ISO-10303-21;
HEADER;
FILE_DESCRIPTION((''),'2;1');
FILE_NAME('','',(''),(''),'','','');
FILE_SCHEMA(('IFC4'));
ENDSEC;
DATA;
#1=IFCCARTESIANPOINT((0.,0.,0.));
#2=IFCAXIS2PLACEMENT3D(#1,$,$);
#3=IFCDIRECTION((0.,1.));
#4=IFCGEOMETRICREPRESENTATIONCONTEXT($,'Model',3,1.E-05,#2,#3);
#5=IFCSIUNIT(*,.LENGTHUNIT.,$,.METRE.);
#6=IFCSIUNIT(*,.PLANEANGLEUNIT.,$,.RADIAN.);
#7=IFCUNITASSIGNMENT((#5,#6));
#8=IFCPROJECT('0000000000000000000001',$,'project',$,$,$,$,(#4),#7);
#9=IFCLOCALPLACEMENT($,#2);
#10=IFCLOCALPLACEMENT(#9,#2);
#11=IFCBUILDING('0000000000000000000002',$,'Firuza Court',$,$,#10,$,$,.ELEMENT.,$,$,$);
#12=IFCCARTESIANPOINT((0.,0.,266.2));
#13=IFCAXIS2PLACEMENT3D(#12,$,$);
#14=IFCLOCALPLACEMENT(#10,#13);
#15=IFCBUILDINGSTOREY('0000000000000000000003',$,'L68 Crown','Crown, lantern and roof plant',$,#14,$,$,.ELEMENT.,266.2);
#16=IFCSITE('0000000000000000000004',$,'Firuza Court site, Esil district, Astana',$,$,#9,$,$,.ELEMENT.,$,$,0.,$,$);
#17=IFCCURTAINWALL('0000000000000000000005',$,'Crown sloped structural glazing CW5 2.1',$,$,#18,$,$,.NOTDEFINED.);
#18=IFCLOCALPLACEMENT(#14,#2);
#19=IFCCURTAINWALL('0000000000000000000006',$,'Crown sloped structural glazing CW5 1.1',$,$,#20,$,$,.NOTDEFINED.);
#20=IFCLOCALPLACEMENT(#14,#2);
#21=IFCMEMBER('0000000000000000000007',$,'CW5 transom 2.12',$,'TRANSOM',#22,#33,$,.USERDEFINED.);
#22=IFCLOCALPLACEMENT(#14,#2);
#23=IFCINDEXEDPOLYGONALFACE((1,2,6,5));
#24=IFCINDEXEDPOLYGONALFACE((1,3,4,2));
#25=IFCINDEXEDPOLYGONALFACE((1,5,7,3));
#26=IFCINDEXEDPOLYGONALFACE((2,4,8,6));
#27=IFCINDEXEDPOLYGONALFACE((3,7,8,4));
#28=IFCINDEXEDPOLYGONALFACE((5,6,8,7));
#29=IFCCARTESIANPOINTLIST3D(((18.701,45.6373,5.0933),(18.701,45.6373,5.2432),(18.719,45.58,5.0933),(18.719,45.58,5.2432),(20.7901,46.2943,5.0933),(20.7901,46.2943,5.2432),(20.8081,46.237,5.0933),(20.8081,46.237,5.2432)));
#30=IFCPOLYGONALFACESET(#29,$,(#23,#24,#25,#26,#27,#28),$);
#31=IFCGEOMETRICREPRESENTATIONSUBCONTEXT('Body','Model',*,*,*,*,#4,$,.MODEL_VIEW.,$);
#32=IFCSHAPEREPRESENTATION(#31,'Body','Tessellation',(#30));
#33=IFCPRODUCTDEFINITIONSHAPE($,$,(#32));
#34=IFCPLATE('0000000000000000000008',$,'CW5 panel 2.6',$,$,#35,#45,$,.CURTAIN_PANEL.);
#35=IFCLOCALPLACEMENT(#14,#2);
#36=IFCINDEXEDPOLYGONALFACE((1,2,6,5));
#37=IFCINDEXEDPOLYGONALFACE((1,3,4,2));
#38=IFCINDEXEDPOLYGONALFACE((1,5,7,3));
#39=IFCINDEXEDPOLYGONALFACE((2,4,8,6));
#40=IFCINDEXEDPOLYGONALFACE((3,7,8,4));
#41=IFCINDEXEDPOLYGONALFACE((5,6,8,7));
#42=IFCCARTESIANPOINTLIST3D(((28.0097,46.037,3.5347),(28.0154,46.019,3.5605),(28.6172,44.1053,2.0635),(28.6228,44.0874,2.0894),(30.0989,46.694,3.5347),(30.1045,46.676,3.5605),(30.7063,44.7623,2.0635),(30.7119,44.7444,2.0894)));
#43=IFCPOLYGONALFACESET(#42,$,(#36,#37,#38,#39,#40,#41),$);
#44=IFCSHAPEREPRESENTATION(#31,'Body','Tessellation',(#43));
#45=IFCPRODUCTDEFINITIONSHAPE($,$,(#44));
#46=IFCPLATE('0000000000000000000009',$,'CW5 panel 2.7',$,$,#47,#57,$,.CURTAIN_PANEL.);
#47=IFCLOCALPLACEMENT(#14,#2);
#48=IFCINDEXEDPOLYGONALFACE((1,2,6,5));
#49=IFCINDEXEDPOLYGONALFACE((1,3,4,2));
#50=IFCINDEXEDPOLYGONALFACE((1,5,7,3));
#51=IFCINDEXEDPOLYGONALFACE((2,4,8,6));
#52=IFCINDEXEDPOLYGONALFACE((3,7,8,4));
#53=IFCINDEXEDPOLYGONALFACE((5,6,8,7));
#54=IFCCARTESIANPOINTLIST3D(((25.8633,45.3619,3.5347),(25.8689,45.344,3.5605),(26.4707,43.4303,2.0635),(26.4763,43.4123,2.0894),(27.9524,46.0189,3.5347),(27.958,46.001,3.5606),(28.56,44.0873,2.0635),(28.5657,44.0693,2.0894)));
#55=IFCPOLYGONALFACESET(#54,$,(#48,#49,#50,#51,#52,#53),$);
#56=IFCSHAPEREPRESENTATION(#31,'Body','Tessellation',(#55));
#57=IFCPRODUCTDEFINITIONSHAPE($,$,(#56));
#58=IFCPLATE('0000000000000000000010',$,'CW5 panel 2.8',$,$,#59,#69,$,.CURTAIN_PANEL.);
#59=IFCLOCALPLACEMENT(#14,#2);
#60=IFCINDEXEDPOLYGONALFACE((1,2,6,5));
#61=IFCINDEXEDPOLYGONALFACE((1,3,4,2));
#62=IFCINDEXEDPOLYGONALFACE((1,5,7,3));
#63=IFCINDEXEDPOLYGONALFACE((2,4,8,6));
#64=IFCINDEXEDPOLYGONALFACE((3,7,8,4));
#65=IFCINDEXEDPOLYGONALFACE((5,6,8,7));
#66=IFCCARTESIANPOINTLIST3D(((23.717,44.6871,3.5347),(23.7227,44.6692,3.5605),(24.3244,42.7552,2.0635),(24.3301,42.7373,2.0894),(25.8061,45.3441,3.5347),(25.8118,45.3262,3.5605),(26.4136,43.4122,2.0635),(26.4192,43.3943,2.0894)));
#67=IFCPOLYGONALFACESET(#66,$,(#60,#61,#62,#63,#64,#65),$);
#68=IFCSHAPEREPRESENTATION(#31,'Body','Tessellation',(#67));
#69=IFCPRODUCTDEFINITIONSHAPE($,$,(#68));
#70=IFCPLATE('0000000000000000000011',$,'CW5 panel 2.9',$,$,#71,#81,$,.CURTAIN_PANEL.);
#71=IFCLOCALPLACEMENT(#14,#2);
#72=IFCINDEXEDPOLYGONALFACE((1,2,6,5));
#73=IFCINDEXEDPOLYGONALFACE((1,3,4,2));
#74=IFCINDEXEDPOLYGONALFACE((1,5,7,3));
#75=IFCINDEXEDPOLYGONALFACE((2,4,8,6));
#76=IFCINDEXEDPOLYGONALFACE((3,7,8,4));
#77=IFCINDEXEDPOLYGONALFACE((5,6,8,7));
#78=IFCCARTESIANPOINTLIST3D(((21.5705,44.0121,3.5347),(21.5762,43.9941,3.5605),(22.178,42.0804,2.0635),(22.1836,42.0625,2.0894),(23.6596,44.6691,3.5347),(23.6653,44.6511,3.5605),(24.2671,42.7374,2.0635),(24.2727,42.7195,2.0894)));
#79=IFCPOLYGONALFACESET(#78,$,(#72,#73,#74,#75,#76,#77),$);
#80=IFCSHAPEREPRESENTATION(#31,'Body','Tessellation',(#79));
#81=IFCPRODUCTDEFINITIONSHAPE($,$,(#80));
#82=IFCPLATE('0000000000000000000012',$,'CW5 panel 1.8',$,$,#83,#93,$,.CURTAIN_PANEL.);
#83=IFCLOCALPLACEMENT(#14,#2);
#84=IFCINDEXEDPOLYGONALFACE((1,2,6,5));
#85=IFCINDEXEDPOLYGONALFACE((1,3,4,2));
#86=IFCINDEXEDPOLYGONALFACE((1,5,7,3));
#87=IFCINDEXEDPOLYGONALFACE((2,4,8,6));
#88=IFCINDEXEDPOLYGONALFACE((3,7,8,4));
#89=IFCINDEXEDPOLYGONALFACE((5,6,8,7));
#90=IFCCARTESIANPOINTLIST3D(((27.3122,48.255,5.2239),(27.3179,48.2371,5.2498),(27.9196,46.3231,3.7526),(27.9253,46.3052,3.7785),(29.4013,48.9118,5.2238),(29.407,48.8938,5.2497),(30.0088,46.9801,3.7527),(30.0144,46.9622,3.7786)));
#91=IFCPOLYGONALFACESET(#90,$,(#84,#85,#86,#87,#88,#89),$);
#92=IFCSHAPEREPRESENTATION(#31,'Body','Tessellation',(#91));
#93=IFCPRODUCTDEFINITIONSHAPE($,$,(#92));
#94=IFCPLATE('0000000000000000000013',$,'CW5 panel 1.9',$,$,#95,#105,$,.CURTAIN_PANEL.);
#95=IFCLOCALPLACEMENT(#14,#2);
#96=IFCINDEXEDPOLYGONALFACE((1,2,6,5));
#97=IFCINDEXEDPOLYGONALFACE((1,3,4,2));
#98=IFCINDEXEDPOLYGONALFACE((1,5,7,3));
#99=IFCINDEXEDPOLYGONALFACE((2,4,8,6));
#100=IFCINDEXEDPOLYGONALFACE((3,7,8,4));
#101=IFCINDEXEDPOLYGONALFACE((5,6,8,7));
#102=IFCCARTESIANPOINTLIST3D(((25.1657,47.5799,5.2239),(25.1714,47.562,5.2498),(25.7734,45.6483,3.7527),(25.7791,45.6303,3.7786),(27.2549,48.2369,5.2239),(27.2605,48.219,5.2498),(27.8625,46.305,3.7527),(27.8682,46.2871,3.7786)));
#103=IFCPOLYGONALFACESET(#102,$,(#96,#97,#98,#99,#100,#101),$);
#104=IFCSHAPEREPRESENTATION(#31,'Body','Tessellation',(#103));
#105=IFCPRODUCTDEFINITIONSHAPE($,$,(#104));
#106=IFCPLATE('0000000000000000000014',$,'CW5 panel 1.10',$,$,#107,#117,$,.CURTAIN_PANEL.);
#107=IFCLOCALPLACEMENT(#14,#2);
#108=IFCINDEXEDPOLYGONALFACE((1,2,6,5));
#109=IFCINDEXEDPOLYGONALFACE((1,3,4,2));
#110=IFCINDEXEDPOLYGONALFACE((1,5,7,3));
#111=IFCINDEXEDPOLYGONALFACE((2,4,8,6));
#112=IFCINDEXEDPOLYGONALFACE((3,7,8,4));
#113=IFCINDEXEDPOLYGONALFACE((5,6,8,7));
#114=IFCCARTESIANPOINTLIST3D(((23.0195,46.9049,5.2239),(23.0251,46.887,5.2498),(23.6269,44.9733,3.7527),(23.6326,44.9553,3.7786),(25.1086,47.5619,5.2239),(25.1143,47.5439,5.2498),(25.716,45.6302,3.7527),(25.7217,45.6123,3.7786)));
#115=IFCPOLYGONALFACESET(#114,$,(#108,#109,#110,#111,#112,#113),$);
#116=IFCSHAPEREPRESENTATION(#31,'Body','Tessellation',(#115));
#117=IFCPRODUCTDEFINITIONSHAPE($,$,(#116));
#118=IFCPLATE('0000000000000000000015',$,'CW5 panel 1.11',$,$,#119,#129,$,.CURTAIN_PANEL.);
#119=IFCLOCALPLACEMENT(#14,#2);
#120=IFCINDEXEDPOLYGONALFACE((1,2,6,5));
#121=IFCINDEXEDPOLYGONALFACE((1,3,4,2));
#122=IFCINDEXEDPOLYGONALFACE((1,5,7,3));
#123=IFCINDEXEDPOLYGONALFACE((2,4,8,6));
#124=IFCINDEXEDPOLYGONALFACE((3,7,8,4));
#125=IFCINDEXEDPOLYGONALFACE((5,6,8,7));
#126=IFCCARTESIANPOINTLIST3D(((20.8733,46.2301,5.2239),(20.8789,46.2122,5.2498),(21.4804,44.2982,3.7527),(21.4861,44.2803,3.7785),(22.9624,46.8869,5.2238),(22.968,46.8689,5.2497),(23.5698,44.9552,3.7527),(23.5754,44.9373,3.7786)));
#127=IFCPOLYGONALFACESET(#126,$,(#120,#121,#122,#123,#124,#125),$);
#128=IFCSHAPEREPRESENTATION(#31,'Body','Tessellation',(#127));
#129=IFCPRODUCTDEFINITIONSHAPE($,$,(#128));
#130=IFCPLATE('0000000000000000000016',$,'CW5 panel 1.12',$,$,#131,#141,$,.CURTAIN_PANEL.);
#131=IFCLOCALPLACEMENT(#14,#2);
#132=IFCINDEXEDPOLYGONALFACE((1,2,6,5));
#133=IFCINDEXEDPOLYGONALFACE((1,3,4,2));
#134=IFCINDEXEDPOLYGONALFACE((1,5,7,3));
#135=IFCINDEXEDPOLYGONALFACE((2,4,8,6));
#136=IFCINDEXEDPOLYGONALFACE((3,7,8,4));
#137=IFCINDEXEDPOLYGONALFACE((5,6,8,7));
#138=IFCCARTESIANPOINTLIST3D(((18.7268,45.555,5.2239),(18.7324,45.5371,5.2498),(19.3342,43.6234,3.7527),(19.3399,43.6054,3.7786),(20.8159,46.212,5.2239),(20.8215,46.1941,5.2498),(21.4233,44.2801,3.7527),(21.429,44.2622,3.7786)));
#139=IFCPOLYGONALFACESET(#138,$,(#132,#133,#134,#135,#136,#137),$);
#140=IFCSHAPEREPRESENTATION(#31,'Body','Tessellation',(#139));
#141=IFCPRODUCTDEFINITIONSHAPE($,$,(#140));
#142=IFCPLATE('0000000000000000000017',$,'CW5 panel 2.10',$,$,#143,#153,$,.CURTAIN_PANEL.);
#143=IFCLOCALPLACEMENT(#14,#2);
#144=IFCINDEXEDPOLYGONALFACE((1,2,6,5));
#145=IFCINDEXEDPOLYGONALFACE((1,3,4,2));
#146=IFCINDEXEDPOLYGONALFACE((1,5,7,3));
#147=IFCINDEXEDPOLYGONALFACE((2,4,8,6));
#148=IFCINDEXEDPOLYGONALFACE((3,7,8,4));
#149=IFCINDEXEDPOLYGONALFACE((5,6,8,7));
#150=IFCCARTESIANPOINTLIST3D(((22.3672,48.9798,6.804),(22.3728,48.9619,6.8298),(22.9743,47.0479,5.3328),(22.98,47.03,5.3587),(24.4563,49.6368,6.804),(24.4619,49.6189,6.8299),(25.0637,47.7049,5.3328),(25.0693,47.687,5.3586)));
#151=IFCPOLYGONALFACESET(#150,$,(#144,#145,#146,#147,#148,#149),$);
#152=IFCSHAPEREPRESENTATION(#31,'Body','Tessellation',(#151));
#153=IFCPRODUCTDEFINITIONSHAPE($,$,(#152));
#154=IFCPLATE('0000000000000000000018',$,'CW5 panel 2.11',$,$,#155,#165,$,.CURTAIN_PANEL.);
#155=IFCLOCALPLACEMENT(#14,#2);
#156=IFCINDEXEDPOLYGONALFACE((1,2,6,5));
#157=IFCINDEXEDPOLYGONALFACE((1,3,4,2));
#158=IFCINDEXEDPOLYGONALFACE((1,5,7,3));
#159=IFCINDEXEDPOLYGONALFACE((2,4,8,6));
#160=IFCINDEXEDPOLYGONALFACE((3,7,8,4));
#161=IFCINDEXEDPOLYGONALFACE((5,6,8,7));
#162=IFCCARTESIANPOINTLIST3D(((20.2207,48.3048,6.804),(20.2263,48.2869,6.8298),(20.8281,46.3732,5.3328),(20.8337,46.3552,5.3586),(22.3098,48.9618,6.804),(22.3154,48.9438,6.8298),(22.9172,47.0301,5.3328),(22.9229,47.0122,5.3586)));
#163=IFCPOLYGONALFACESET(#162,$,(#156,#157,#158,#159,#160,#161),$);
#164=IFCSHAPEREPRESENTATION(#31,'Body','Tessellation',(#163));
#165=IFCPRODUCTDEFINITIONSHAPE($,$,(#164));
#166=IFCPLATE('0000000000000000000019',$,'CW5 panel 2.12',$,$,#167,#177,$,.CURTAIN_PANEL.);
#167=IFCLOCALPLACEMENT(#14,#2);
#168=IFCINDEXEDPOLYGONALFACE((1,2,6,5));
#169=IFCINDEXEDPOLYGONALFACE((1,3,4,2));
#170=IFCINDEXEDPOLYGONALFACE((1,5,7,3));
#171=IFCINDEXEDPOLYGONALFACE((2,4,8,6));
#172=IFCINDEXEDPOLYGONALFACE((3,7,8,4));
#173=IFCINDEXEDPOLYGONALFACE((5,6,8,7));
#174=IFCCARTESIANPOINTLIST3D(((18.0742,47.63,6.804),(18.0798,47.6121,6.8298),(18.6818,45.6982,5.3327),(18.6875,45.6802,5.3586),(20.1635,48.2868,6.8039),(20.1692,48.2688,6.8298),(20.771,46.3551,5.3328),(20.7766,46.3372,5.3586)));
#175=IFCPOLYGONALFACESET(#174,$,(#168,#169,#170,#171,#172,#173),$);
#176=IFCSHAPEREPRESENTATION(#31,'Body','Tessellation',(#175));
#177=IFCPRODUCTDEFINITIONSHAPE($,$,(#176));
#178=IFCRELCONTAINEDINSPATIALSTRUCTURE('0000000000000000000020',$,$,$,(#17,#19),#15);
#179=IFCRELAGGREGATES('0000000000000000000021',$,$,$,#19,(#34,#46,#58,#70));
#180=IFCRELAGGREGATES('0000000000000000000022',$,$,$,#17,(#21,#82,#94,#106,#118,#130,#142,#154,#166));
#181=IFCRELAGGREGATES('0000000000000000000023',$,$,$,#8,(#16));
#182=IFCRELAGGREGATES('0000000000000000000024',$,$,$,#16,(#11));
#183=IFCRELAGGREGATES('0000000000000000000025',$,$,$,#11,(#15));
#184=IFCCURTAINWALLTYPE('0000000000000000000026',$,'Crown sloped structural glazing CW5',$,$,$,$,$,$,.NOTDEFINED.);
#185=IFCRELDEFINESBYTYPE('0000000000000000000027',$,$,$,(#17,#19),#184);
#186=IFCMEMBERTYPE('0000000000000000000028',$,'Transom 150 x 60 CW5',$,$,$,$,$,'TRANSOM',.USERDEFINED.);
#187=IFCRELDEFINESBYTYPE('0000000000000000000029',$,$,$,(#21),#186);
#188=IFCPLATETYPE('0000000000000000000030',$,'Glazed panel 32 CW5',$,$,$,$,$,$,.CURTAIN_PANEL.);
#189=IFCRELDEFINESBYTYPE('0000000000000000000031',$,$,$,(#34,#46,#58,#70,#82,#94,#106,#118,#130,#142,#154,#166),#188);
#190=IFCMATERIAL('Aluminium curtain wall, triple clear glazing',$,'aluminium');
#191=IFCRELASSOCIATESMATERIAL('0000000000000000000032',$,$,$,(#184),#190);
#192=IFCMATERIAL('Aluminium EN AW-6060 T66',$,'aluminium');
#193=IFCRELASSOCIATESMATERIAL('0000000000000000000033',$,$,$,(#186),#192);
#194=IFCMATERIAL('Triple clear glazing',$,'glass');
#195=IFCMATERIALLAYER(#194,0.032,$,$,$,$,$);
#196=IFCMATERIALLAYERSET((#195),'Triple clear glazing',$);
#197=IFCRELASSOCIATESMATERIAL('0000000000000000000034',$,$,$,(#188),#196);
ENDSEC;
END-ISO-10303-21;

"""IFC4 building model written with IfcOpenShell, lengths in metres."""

from ifc_helpers import new_model, si_unit, direction, frame, origin, origin_2d, place, context, subcontext, project, spatial, polyline, rectangle, outline, extrude, material, layer, layer_set, material_profile, profile_set, type_object, element, aggregate, save


model = new_model("IFC4")

# Units and contexts
model_context = context("Model", 3, precision=1e-05, world=origin(), true_north=direction((0.0, 1.0)))
body_context = subcontext(model_context, "Body", "Model", "MODEL_VIEW")
ifc_project = project(units=[si_unit("LENGTHUNIT", "METRE"), si_unit("PLANEANGLEUNIT", "RADIAN")], contexts=[model_context])

# Site, building, storey
site_placement = place(None, origin())
site = spatial("IfcSite", under=ifc_project, at=site_placement, Name="Firuza Court site, Esil district, Astana", CompositionType="ELEMENT", RefElevation=0.0)
building_placement = place(site_placement, origin())
building = spatial("IfcBuilding", under=site, at=building_placement, Name="Firuza Court", CompositionType="ELEMENT")
storey_placement = place(building_placement, frame((0.0, 0.0, 266.2)))
storey = spatial("IfcBuildingStorey", under=building, at=storey_placement, Name="L68 Crown", Description="Crown, lantern and roof plant", CompositionType="ELEMENT", Elevation=266.2)

# Curtain walls
ifc_material_1 = material(Name="Aluminium curtain wall, triple clear glazing", Category="aluminium")
curtain_wall_type = type_object("IfcCurtainWallType", Name="Crown sloped structural glazing CW5", PredefinedType="NOTDEFINED", material=ifc_material_1)
curtain_wall_1_placement = place(storey_placement, origin())
curtain_wall_1 = element("IfcCurtainWall", 1, at=curtain_wall_1_placement, inside=storey, type_object=curtain_wall_type, Name="Crown sloped structural glazing CW5 2.1", PredefinedType="NOTDEFINED")
curtain_wall_2_placement = place(storey_placement, origin())
curtain_wall_2 = element("IfcCurtainWall", 2, at=curtain_wall_2_placement, inside=storey, type_object=curtain_wall_type, Name="Crown sloped structural glazing CW5 1.1", PredefinedType="NOTDEFINED")
ifc_material_2 = material(Name="Aluminium EN AW-6060 T66", Category="aluminium")
ifc_material_profile_1 = material_profile(ifc_material_2, rectangle(XDim=0.0601, YDim=0.1499, at=origin_2d()), Name="Transom 150 x 60 CW5")
ifc_profile_set_1 = profile_set([ifc_material_profile_1], Name="Aluminium EN AW-6060 T66")
member_type_1 = type_object("IfcMemberType", Name="Transom 150 x 60 CW5", ElementType="TRANSOM", PredefinedType="USERDEFINED", material=ifc_profile_set_1)

# Member
member_1_placement = place(storey_placement, frame((20.7991, 46.2656, 5.1682), z_axis=(-0.953941, -0.299995, 0.0), x_axis=(0.299995, -0.953941, 0.0)))
member_1 = element("IfcMember", 3, at=member_1_placement, type_object=member_type_1, Name="CW5 transom 2.12", ObjectType="TRANSOM", PredefinedType="USERDEFINED", context=body_context, shape_type="SweptSolid", body=[
    extrude(rectangle(XDim=0.0601, YDim=0.1499, at=origin_2d()), origin(), (0.0, 0.0, 1.0), 2.1899),
])

# Plates
ifc_material_3 = material(Name="Triple clear glazing", Category="glass")
ifc_layer = layer(ifc_material_3, 0.032)
ifc_layer_set = layer_set([ifc_layer], Name="Triple clear glazing")
plate_type = type_object("IfcPlateType", Name="Glazed panel 32 CW5", PredefinedType="CURTAIN_PANEL", material=ifc_layer_set)
plate_1_placement = place(storey_placement, frame((30.7119, 44.7444, 2.0894), z_axis=(0.176334, -0.560717, 0.809013), x_axis=(-0.953941, -0.299995, 0.0)))
plate_1 = element("IfcPlate", 4, at=plate_1_placement, type_object=plate_type, Name="CW5 panel 2.6", PredefinedType="CURTAIN_PANEL", context=body_context, shape_type="SweptSolid", body=[
    extrude(outline(polyline([(0.0, 0.0), (2.19, 0.0), (2.1899, -2.5029), (0.0, -2.5029), (0.0, 0.0)])), origin(), (0.0, 0.0, -1.0), 0.032),
])
plate_2_placement = place(storey_placement, frame((28.5657, 44.0693, 2.0894), z_axis=(0.176323, -0.560714, 0.809018), x_axis=(-0.953949, -0.299968, 0.000008)))
plate_2 = element("IfcPlate", 5, at=plate_2_placement, type_object=plate_type, Name="CW5 panel 2.7", PredefinedType="CURTAIN_PANEL", context=body_context, shape_type="SweptSolid", body=[
    extrude(outline(polyline([(0.0, 0.0), (2.1902, 0.0), (2.1902, -2.5029), (0.0003, -2.503), (0.0, 0.0)])), origin(), (0.0, 0.0, -1.0), 0.032),
])
plate_3_placement = place(storey_placement, frame((26.4192, 43.3943, 2.0894), z_axis=(0.176321, -0.560675, 0.809045), x_axis=(-0.953941, -0.299995, 0.0)))
plate_3 = element("IfcPlate", 6, at=plate_3_placement, type_object=plate_type, Name="CW5 panel 2.8", PredefinedType="CURTAIN_PANEL", context=body_context, shape_type="SweptSolid", body=[
    extrude(outline(polyline([(0.0, 0.0), (2.19, 0.0), (2.1899, -2.5031), (-0.0001, -2.5031), (0.0, 0.0)])), origin(), (0.0, 0.0, -1.0), 0.032),
])
plate_4_placement = place(storey_placement, frame((24.2727, 42.7195, 2.0894), z_axis=(0.176334, -0.560717, 0.809013), x_axis=(-0.953941, -0.299995, 0.0)))
plate_4 = element("IfcPlate", 7, at=plate_4_placement, type_object=plate_type, Name="CW5 panel 2.9", PredefinedType="CURTAIN_PANEL", context=body_context, shape_type="SweptSolid", body=[
    extrude(outline(polyline([(0.0, 0.0), (2.19, 0.0), (2.1899, -2.5029), (0.0, -2.5029), (0.0, 0.0)])), origin(), (0.0, 0.0, -1.0), 0.032),
])
aggregate(curtain_wall_2, [plate_1, plate_2, plate_3, plate_4])
plate_5_placement = place(storey_placement, frame((30.0144, 46.9622, 3.7786), z_axis=(0.176298, -0.560706, 0.809029), x_axis=(-0.953946, -0.299977, -0.000025)))
plate_5 = element("IfcPlate", 8, at=plate_5_placement, type_object=plate_type, Name="CW5 panel 1.8", PredefinedType="CURTAIN_PANEL", context=body_context, shape_type="SweptSolid", body=[
    extrude(outline(polyline([(0.0, 0.0), (2.19, 0.0), (2.1899, -2.5031), (0.0, -2.5029), (0.0, 0.0)])), origin(), (0.0, 0.0, -1.0), 0.032),
])
plate_6_placement = place(storey_placement, frame((27.8682, 46.2871, 3.7786), z_axis=(0.176293, -0.560692, 0.809039), x_axis=(-0.953967, -0.299911, 0.000025)))
plate_6 = element("IfcPlate", 9, at=plate_6_placement, type_object=plate_type, Name="CW5 panel 1.9", PredefinedType="CURTAIN_PANEL", context=body_context, shape_type="SweptSolid", body=[
    extrude(outline(polyline([(0.0, 0.0), (2.1899, 0.0), (2.1903, -2.503), (0.0003, -2.5032), (0.0, 0.0)])), origin(), (0.0, 0.0, -1.0), 0.032),
])
plate_7_placement = place(storey_placement, frame((25.7217, 45.6123, 3.7786), z_axis=(0.176334, -0.560717, 0.809013), x_axis=(-0.953941, -0.299995, 0.0)))
plate_7 = element("IfcPlate", 10, at=plate_7_placement, type_object=plate_type, Name="CW5 panel 1.10", PredefinedType="CURTAIN_PANEL", context=body_context, shape_type="SweptSolid", body=[
    extrude(outline(polyline([(0.0, 0.0), (2.19, 0.0), (2.1899, -2.5029), (0.0, -2.5029), (0.0, 0.0)])), origin(), (0.0, 0.0, -1.0), 0.032),
])
plate_8_placement = place(storey_placement, frame((23.5754, 44.9373, 3.7786), z_axis=(0.17629, -0.560715, 0.809024), x_axis=(-0.953955, -0.299951, -0.000017)))
plate_8 = element("IfcPlate", 11, at=plate_8_placement, type_object=plate_type, Name="CW5 panel 1.11", PredefinedType="CURTAIN_PANEL", context=body_context, shape_type="SweptSolid", body=[
    extrude(outline(polyline([(0.0, 0.0), (2.1902, 0.0), (2.1899, -2.503), (0.0, -2.5029), (0.0, 0.0)])), origin(), (0.0, 0.0, -1.0), 0.032),
])
plate_9_placement = place(storey_placement, frame((21.429, 44.2622, 3.7786), z_axis=(0.176298, -0.560706, 0.809029), x_axis=(-0.953967, -0.299911, 0.000025)))
plate_9 = element("IfcPlate", 12, at=plate_9_placement, type_object=plate_type, Name="CW5 panel 1.12", PredefinedType="CURTAIN_PANEL", context=body_context, shape_type="SweptSolid", body=[
    extrude(outline(polyline([(0.0, 0.0), (2.1899, 0.0), (2.1901, -2.5029), (0.0001, -2.5031), (0.0, 0.0)])), origin(), (0.0, 0.0, -1.0), 0.032),
])
plate_10_placement = place(storey_placement, frame((25.0693, 47.687, 5.3586), z_axis=(0.176313, -0.560685, 0.80904), x_axis=(-0.953949, -0.299968, 0.000008)))
plate_10 = element("IfcPlate", 13, at=plate_10_placement, type_object=plate_type, Name="CW5 panel 2.10", PredefinedType="CURTAIN_PANEL", context=body_context, shape_type="SweptSolid", body=[
    extrude(outline(polyline([(0.0, 0.0), (2.1902, 0.0), (2.1899, -2.503), (0.0, -2.5031), (0.0, 0.0)])), origin(), (0.0, 0.0, -1.0), 0.032),
])
plate_11_placement = place(storey_placement, frame((22.9229, 47.0122, 5.3586), z_axis=(0.176334, -0.560717, 0.809013), x_axis=(-0.953941, -0.299995, 0.0)))
plate_11 = element("IfcPlate", 14, at=plate_11_placement, type_object=plate_type, Name="CW5 panel 2.11", PredefinedType="CURTAIN_PANEL", context=body_context, shape_type="SweptSolid", body=[
    extrude(outline(polyline([(0.0, 0.0), (2.19, 0.0), (2.1899, -2.5029), (0.0, -2.5029), (0.0, 0.0)])), origin(), (0.0, 0.0, -1.0), 0.032),
])
plate_12_placement = place(storey_placement, frame((20.7766, 46.3372, 5.3586), z_axis=(0.176286, -0.560702, 0.809034), x_axis=(-0.953948, -0.299972, -0.000033)))
plate_12 = element("IfcPlate", 15, at=plate_12_placement, type_object=plate_type, Name="CW5 panel 2.12", PredefinedType="CURTAIN_PANEL", context=body_context, shape_type="SweptSolid", body=[
    extrude(outline(polyline([(0.0, 0.0), (2.19, 0.0), (2.1901, -2.5032), (0.0, -2.5029), (0.0, 0.0)])), origin(), (0.0, 0.0, -1.0), 0.032),
])
aggregate(curtain_wall_1, [member_1, plate_5, plate_6, plate_7, plate_8, plate_9, plate_10, plate_11, plate_12])

save(model, "model.ifc")
